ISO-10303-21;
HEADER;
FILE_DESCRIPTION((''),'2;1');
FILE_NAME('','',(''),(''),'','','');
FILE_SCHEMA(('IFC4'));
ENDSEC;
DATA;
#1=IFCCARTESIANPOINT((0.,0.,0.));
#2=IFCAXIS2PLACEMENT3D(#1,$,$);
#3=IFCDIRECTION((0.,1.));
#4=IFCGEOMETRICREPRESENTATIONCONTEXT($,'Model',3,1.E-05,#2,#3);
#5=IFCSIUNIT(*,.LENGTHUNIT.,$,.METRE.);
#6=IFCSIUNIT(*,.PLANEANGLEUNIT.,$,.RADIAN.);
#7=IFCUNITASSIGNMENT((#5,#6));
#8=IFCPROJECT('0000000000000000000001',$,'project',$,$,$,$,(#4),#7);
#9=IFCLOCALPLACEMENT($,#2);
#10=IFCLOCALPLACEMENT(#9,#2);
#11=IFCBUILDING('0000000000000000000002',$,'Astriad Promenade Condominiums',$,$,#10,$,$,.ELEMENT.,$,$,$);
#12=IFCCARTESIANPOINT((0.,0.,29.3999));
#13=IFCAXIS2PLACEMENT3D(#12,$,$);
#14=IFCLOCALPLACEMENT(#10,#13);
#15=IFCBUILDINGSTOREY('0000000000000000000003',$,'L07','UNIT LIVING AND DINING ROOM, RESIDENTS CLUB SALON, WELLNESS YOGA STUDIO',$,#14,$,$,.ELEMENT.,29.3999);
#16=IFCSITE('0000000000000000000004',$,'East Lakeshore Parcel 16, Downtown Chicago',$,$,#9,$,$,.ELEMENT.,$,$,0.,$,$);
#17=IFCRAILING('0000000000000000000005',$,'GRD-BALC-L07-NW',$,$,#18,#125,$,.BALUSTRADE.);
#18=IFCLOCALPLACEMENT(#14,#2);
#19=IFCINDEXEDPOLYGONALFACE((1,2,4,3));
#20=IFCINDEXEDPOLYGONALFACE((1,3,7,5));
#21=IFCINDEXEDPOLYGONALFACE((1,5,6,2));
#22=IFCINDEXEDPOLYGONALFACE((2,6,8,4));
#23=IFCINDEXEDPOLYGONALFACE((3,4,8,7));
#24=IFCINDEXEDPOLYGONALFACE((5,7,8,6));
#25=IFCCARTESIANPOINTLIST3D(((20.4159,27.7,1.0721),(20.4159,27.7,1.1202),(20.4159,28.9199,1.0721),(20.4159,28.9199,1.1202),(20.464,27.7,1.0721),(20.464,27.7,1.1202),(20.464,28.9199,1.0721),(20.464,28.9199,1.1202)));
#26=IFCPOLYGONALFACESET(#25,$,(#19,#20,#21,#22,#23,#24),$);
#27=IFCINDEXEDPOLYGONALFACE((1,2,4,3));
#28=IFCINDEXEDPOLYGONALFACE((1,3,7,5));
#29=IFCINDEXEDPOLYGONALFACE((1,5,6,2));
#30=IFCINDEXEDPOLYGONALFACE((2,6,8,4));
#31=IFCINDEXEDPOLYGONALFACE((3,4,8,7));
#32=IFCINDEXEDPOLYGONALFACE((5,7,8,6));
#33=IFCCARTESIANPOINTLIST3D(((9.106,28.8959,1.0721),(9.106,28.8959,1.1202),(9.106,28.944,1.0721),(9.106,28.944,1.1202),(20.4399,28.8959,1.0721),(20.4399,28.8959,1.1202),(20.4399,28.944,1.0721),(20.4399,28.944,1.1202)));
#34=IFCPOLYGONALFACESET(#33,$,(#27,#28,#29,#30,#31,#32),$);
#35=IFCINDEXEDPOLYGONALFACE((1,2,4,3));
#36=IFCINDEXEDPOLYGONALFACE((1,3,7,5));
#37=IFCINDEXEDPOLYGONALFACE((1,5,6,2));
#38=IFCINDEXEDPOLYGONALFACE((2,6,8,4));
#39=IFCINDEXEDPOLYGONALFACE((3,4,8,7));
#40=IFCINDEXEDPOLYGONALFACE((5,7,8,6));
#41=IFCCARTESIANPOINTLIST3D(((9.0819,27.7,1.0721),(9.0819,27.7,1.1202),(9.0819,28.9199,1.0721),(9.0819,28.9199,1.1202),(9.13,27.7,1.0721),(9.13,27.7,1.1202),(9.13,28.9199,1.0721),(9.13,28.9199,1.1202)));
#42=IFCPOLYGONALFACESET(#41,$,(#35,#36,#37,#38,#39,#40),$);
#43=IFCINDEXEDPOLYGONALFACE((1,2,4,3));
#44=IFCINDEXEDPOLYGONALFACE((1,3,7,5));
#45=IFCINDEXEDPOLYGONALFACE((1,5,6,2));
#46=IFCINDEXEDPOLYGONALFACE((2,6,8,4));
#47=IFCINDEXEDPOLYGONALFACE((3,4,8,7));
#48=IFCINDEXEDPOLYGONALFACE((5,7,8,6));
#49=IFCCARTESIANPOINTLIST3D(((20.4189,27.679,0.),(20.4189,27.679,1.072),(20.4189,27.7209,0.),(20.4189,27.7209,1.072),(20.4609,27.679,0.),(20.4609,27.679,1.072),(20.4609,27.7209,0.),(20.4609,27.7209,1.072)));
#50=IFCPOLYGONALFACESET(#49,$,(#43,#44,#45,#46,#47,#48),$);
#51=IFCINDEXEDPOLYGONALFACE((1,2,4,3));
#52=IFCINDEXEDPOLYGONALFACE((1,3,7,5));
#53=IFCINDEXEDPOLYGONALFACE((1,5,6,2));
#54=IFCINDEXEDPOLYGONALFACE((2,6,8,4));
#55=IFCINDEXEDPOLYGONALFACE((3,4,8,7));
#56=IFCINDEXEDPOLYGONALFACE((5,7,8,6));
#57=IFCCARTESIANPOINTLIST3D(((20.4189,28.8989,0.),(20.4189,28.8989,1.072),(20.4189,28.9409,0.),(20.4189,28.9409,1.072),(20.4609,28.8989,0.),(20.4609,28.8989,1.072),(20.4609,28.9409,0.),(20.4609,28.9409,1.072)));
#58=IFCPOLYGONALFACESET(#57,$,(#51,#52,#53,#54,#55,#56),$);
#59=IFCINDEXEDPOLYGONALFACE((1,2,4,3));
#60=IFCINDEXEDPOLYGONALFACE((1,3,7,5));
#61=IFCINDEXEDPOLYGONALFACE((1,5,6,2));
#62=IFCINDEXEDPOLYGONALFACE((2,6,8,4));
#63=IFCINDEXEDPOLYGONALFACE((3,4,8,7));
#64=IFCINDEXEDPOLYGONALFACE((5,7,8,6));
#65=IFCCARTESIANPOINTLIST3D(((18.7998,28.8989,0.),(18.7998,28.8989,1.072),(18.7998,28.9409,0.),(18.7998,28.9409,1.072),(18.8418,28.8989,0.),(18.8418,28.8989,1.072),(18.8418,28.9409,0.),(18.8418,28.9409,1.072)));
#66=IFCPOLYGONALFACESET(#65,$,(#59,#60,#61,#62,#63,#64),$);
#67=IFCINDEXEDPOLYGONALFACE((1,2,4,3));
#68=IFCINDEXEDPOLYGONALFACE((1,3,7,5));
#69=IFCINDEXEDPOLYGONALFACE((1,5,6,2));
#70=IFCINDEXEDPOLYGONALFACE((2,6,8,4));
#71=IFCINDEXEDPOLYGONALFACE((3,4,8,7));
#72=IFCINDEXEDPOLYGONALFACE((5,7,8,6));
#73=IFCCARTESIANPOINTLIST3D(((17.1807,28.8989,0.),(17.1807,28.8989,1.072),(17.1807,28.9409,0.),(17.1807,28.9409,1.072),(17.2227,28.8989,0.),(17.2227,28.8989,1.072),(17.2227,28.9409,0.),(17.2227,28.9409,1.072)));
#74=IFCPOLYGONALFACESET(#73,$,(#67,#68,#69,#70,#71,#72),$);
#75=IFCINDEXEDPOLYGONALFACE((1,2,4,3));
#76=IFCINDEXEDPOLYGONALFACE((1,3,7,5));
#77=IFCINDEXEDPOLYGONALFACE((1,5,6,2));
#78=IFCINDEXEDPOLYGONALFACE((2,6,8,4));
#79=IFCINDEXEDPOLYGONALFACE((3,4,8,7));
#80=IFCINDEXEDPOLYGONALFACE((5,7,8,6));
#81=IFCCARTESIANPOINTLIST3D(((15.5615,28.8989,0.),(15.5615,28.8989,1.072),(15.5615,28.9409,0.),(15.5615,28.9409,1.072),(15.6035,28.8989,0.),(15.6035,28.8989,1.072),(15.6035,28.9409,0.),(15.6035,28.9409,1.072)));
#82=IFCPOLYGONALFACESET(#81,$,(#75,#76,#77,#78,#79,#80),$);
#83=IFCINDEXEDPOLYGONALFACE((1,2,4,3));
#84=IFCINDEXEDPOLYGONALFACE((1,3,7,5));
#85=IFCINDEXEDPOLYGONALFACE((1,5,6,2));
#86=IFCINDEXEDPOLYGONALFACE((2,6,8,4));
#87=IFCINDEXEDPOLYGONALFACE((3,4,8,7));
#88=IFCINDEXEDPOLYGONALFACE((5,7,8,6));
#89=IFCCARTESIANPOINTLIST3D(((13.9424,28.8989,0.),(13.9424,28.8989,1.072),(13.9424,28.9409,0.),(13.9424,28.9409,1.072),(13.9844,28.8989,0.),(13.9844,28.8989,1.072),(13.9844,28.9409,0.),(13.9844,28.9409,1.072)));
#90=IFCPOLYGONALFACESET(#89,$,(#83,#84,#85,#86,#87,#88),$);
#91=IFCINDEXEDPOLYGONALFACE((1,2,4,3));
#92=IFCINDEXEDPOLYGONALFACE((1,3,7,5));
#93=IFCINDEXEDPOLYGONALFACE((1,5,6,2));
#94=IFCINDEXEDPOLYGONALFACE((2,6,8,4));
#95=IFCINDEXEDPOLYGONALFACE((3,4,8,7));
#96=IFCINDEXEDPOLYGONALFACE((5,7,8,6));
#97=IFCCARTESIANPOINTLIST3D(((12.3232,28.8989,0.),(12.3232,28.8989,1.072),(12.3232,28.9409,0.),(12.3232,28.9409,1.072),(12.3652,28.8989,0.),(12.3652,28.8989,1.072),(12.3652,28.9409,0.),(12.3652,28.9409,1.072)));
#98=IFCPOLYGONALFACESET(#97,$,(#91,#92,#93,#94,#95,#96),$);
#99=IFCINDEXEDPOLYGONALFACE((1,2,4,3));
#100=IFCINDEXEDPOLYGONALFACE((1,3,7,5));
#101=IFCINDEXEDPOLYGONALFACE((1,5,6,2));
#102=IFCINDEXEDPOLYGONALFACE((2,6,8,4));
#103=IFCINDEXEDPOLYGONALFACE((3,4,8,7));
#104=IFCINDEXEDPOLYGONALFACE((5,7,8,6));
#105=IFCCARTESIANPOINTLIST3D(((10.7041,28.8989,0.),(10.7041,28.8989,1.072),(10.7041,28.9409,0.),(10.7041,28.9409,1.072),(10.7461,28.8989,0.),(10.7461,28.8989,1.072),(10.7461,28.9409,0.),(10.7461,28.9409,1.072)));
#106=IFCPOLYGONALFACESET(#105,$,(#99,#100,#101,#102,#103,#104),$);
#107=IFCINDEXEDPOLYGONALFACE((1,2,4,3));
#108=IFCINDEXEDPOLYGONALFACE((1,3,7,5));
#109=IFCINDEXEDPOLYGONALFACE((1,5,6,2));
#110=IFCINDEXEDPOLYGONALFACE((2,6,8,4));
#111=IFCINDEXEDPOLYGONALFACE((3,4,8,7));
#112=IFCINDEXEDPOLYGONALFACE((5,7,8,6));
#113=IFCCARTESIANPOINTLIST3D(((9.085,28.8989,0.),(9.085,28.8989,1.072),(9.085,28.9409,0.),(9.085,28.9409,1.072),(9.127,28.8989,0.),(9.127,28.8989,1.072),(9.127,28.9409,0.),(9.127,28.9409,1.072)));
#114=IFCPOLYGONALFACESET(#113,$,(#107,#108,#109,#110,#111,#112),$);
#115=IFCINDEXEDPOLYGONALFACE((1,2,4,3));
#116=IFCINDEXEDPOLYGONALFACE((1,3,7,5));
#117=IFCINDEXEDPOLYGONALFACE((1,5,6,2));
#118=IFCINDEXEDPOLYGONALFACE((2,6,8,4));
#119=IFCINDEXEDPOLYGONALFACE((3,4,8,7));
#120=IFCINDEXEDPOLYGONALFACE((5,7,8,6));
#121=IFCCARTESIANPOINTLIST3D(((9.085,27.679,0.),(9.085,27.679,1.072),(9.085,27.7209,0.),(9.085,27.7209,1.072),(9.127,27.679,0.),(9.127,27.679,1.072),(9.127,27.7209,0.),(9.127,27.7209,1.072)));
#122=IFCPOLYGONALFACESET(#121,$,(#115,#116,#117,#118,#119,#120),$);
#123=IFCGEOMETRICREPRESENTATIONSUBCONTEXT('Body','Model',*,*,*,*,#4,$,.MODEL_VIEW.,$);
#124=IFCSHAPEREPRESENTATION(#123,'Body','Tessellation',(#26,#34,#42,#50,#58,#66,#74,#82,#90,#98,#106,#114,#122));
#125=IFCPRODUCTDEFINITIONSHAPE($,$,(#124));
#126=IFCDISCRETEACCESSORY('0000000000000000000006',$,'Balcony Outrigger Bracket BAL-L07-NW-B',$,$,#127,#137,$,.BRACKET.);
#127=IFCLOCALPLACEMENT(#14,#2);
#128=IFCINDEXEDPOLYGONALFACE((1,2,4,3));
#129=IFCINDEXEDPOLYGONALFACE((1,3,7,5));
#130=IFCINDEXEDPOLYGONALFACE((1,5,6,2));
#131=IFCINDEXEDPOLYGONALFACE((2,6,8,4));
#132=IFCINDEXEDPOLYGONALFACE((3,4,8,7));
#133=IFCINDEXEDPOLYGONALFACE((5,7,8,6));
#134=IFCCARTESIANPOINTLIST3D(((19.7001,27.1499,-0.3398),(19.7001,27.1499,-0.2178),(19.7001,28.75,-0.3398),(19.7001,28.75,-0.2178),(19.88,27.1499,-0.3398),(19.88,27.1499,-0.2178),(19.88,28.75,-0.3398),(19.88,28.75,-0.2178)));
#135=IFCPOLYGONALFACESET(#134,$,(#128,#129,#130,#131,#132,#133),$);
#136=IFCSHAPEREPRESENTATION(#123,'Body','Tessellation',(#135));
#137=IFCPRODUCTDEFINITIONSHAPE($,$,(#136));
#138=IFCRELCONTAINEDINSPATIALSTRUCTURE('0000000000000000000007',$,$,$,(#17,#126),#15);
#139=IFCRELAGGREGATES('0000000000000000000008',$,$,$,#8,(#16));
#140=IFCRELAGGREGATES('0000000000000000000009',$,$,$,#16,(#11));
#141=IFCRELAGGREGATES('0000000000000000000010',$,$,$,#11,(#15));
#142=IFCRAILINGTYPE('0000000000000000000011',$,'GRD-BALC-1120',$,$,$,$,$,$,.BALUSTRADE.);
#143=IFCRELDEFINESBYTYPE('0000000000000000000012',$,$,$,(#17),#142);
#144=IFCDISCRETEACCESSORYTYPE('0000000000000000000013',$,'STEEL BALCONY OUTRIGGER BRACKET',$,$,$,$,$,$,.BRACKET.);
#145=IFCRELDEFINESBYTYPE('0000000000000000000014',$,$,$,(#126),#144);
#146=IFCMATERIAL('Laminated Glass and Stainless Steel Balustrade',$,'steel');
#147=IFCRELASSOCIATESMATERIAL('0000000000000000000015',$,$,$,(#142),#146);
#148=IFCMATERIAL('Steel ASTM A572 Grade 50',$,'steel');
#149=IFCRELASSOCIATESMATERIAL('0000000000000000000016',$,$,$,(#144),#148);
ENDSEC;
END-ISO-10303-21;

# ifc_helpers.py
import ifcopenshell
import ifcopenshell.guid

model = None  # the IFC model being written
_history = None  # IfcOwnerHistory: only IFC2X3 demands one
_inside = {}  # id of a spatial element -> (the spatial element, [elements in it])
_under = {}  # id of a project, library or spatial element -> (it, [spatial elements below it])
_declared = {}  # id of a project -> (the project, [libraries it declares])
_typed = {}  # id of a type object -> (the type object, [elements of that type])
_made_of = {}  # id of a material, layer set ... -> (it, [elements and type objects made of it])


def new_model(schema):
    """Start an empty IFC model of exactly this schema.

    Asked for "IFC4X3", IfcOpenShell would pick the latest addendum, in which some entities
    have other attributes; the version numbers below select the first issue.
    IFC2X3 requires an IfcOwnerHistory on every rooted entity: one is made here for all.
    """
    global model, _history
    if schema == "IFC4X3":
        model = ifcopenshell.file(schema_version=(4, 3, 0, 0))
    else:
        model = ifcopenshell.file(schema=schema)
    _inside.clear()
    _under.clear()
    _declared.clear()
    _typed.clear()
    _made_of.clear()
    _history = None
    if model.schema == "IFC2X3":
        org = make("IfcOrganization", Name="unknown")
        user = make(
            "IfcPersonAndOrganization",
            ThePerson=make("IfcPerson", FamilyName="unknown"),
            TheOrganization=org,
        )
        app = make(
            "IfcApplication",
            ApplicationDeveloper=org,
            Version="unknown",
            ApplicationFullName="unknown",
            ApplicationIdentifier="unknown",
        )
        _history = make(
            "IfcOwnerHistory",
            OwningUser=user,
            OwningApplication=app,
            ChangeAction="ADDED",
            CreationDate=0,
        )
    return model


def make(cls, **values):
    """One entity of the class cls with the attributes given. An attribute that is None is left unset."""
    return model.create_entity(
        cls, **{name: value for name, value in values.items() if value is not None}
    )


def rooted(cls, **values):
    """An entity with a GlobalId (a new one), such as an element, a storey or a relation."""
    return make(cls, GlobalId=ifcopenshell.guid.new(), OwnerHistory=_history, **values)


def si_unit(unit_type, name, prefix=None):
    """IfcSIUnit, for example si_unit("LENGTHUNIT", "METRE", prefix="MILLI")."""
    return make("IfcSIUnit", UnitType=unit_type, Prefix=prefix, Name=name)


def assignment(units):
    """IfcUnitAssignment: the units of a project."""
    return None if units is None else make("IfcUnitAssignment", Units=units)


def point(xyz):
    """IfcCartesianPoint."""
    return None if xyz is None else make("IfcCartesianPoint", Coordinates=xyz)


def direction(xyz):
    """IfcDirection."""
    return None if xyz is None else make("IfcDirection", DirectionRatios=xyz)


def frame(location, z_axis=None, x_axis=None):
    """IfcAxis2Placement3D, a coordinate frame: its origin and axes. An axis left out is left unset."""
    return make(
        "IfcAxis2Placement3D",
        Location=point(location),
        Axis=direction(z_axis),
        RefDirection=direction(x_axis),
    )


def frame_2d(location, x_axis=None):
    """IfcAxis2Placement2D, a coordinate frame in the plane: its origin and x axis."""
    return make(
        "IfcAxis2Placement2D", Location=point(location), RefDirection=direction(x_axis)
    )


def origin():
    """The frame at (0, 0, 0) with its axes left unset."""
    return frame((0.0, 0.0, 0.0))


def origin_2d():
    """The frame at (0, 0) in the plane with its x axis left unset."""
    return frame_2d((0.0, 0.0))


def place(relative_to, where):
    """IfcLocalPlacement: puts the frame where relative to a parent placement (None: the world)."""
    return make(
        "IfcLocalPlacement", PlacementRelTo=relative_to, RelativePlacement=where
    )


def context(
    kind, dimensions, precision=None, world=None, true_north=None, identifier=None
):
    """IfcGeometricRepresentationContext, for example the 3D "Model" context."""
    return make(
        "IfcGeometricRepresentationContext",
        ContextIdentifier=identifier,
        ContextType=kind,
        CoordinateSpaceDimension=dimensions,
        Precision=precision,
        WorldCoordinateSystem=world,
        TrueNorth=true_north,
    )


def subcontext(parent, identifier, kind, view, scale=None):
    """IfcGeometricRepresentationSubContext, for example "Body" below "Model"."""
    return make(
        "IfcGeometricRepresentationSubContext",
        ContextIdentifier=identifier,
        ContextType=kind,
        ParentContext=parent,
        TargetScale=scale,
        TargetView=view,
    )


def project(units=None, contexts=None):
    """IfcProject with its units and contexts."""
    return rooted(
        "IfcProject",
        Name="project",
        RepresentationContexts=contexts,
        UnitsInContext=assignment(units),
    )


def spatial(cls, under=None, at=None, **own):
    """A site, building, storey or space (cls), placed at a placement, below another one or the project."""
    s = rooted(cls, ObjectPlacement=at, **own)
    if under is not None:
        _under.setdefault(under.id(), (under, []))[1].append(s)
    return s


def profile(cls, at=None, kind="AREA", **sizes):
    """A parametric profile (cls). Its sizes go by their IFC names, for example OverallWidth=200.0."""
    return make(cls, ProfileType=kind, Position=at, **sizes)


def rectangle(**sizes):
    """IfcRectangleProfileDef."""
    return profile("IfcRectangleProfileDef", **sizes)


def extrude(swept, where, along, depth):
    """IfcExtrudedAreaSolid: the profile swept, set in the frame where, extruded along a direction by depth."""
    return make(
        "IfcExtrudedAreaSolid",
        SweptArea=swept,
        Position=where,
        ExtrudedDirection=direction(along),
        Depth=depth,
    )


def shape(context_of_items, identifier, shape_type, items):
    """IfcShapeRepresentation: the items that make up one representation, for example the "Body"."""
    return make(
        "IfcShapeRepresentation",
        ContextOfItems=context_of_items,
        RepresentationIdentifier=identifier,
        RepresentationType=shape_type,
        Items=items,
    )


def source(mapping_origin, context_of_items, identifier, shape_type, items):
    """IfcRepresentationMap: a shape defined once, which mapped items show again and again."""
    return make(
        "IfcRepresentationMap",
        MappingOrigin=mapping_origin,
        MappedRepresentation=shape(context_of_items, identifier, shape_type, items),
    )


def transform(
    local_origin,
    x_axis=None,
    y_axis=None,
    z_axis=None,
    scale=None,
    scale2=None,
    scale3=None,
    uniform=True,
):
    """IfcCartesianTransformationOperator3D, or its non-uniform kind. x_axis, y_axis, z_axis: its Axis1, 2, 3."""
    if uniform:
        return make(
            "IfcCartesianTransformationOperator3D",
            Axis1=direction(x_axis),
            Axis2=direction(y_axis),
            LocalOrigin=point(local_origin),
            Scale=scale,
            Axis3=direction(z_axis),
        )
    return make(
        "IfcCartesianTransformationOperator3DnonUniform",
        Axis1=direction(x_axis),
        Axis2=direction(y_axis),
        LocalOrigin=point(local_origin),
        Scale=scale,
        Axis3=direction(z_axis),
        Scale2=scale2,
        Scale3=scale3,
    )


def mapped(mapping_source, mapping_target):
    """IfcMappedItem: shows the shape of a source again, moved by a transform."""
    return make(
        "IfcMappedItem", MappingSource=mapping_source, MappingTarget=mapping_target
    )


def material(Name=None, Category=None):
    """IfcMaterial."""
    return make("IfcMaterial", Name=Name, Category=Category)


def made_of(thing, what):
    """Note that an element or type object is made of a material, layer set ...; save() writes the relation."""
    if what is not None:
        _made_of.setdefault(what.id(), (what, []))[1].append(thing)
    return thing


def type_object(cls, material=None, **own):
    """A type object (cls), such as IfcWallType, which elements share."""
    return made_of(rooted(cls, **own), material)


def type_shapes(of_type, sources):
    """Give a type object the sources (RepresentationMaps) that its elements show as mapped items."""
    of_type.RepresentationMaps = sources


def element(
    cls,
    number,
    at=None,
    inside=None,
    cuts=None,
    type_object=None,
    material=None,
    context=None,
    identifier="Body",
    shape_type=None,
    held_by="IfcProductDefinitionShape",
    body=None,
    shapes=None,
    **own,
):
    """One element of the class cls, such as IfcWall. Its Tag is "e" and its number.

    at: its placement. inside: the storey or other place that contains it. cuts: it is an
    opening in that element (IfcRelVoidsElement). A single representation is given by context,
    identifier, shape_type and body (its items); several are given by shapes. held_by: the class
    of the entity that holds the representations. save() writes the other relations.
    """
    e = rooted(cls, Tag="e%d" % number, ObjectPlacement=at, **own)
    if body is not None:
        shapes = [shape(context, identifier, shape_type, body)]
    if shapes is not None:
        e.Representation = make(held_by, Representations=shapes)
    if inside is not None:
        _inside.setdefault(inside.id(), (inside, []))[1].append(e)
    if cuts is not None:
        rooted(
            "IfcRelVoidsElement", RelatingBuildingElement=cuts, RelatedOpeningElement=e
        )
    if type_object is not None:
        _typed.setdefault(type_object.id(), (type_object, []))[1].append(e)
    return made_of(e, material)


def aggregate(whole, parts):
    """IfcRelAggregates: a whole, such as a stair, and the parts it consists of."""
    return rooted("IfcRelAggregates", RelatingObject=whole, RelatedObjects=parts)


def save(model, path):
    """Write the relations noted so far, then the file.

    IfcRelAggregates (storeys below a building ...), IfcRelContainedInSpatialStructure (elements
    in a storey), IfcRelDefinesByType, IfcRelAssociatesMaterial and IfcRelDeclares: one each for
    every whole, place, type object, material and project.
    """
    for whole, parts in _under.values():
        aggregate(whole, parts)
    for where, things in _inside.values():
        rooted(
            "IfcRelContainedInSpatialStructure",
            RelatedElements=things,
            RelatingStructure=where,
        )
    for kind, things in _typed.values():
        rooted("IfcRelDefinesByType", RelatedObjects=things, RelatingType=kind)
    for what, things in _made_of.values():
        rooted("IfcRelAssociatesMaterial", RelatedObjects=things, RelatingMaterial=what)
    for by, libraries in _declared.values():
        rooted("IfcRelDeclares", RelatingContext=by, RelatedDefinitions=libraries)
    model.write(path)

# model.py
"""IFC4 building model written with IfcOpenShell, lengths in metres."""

from ifc_helpers import new_model, si_unit, direction, frame, origin, origin_2d, place, context, subcontext, project, spatial, rectangle, extrude, source, transform, mapped, material, type_object, type_shapes, element, save


model = new_model("IFC4")

# Units and contexts
model_context = context("Model", 3, precision=1e-05, world=origin(), true_north=direction((0.0, 1.0)))
body_context = subcontext(model_context, "Body", "Model", "MODEL_VIEW")
ifc_project = project(units=[si_unit("LENGTHUNIT", "METRE"), si_unit("PLANEANGLEUNIT", "RADIAN")], contexts=[model_context])

# Site, building, storey
site_placement = place(None, origin())
site = spatial("IfcSite", under=ifc_project, at=site_placement, Name="East Lakeshore Parcel 16, Downtown Chicago", CompositionType="ELEMENT", RefElevation=0.0)
building_placement = place(site_placement, origin())
building = spatial("IfcBuilding", under=site, at=building_placement, Name="Astriad Promenade Condominiums", CompositionType="ELEMENT")
storey_placement = place(building_placement, frame((0.0, 0.0, 29.3999)))
storey = spatial("IfcBuildingStorey", under=building, at=storey_placement, Name="L07", Description="UNIT LIVING AND DINING ROOM, RESIDENTS CLUB SALON, WELLNESS YOGA STUDIO", CompositionType="ELEMENT", Elevation=29.3999)

# Railing
ifc_material_1 = material(Name="Laminated Glass and Stainless Steel Balustrade", Category="steel")
railing_type = type_object("IfcRailingType", Name="GRD-BALC-1120", PredefinedType="BALUSTRADE", material=ifc_material_1)
shared_shape_1 = source(origin(), body_context, "Body", "SweptSolid", [
    extrude(rectangle(XDim=0.0481, YDim=0.0481, at=origin_2d()), frame((0.0, 0.0, 1.0962), z_axis=(0.0, 1.0, 0.0), x_axis=(-1.0, 0.0, 0.0)), (0.0, 0.0, 1.0), 1.22),
    extrude(rectangle(XDim=0.0481, YDim=0.0481, at=origin_2d()), frame((0.0, 1.22, 1.0962), z_axis=(-1.0, 0.0, 0.0), x_axis=(0.0, -1.0, 0.0)), (0.0, 0.0, 1.0), 11.334),
    extrude(rectangle(XDim=0.0481, YDim=0.0481, at=origin_2d()), frame((-11.334, 1.22, 1.0962), z_axis=(0.0, -1.0, 0.0), x_axis=(1.0, 0.0, 0.0)), (0.0, 0.0, 1.0), 1.22),
    extrude(rectangle(XDim=0.042, YDim=0.042, at=origin_2d()), origin(), (0.0, 0.0, 1.0), 1.072),
    extrude(rectangle(XDim=0.042, YDim=0.042, at=origin_2d()), frame((0.0, 1.22, 0.0)), (0.0, 0.0, 1.0), 1.072),
    extrude(rectangle(XDim=0.042, YDim=0.042, at=origin_2d()), frame((-1.6191, 1.22, 0.0)), (0.0, 0.0, 1.0), 1.072),
    extrude(rectangle(XDim=0.042, YDim=0.042, at=origin_2d()), frame((-3.2383, 1.22, 0.0)), (0.0, 0.0, 1.0), 1.072),
    extrude(rectangle(XDim=0.042, YDim=0.042, at=origin_2d()), frame((-4.8574, 1.22, 0.0)), (0.0, 0.0, 1.0), 1.072),
    extrude(rectangle(XDim=0.042, YDim=0.042, at=origin_2d()), frame((-6.4766, 1.22, 0.0)), (0.0, 0.0, 1.0), 1.072),
    extrude(rectangle(XDim=0.042, YDim=0.042, at=origin_2d()), frame((-8.0957, 1.22, 0.0)), (0.0, 0.0, 1.0), 1.072),
    extrude(rectangle(XDim=0.042, YDim=0.042, at=origin_2d()), frame((-9.7148, 1.22, 0.0)), (0.0, 0.0, 1.0), 1.072),
    extrude(rectangle(XDim=0.042, YDim=0.042, at=origin_2d()), frame((-11.334, 1.22, 0.0)), (0.0, 0.0, 1.0), 1.072),
    extrude(rectangle(XDim=0.042, YDim=0.042, at=origin_2d()), frame((-11.334, 0.0, 0.0)), (0.0, 0.0, 1.0), 1.072),
])
type_shapes(railing_type, [shared_shape_1])
railing_placement = place(storey_placement, frame((20.4399, 27.7, 0.0)))
element("IfcRailing", 1, at=railing_placement, inside=storey, type_object=railing_type, Name="GRD-BALC-L07-NW", PredefinedType="BALUSTRADE", context=body_context, shape_type="MappedRepresentation", body=[
    mapped(shared_shape_1, transform((0.0, 0.0, 0.0), scale=1.0)),
])

# Discrete accessory
ifc_material_2 = material(Name="Steel ASTM A572 Grade 50", Category="steel")
discrete_accessory_type = type_object("IfcDiscreteAccessoryType", Name="STEEL BALCONY OUTRIGGER BRACKET", PredefinedType="BRACKET", material=ifc_material_2)
shared_shape_2 = source(origin(), body_context, "Body", "SweptSolid", [
    extrude(rectangle(XDim=1.6001, YDim=0.1799, at=origin_2d()), origin(), (0.0, 0.0, 1.0), 0.1221),
])
type_shapes(discrete_accessory_type, [shared_shape_2])
discrete_accessory_placement = place(storey_placement, frame((19.79, 27.95, -0.3398), z_axis=(0.0, 0.0, 1.0), x_axis=(0.0, 1.0, 0.0)))
element("IfcDiscreteAccessory", 2, at=discrete_accessory_placement, inside=storey, type_object=discrete_accessory_type, Name="Balcony Outrigger Bracket BAL-L07-NW-B", PredefinedType="BRACKET", context=body_context, shape_type="MappedRepresentation", body=[
    mapped(shared_shape_2, transform((0.0, 0.0, 0.0), scale=1.0)),
])

save(model, "model.ifc")
